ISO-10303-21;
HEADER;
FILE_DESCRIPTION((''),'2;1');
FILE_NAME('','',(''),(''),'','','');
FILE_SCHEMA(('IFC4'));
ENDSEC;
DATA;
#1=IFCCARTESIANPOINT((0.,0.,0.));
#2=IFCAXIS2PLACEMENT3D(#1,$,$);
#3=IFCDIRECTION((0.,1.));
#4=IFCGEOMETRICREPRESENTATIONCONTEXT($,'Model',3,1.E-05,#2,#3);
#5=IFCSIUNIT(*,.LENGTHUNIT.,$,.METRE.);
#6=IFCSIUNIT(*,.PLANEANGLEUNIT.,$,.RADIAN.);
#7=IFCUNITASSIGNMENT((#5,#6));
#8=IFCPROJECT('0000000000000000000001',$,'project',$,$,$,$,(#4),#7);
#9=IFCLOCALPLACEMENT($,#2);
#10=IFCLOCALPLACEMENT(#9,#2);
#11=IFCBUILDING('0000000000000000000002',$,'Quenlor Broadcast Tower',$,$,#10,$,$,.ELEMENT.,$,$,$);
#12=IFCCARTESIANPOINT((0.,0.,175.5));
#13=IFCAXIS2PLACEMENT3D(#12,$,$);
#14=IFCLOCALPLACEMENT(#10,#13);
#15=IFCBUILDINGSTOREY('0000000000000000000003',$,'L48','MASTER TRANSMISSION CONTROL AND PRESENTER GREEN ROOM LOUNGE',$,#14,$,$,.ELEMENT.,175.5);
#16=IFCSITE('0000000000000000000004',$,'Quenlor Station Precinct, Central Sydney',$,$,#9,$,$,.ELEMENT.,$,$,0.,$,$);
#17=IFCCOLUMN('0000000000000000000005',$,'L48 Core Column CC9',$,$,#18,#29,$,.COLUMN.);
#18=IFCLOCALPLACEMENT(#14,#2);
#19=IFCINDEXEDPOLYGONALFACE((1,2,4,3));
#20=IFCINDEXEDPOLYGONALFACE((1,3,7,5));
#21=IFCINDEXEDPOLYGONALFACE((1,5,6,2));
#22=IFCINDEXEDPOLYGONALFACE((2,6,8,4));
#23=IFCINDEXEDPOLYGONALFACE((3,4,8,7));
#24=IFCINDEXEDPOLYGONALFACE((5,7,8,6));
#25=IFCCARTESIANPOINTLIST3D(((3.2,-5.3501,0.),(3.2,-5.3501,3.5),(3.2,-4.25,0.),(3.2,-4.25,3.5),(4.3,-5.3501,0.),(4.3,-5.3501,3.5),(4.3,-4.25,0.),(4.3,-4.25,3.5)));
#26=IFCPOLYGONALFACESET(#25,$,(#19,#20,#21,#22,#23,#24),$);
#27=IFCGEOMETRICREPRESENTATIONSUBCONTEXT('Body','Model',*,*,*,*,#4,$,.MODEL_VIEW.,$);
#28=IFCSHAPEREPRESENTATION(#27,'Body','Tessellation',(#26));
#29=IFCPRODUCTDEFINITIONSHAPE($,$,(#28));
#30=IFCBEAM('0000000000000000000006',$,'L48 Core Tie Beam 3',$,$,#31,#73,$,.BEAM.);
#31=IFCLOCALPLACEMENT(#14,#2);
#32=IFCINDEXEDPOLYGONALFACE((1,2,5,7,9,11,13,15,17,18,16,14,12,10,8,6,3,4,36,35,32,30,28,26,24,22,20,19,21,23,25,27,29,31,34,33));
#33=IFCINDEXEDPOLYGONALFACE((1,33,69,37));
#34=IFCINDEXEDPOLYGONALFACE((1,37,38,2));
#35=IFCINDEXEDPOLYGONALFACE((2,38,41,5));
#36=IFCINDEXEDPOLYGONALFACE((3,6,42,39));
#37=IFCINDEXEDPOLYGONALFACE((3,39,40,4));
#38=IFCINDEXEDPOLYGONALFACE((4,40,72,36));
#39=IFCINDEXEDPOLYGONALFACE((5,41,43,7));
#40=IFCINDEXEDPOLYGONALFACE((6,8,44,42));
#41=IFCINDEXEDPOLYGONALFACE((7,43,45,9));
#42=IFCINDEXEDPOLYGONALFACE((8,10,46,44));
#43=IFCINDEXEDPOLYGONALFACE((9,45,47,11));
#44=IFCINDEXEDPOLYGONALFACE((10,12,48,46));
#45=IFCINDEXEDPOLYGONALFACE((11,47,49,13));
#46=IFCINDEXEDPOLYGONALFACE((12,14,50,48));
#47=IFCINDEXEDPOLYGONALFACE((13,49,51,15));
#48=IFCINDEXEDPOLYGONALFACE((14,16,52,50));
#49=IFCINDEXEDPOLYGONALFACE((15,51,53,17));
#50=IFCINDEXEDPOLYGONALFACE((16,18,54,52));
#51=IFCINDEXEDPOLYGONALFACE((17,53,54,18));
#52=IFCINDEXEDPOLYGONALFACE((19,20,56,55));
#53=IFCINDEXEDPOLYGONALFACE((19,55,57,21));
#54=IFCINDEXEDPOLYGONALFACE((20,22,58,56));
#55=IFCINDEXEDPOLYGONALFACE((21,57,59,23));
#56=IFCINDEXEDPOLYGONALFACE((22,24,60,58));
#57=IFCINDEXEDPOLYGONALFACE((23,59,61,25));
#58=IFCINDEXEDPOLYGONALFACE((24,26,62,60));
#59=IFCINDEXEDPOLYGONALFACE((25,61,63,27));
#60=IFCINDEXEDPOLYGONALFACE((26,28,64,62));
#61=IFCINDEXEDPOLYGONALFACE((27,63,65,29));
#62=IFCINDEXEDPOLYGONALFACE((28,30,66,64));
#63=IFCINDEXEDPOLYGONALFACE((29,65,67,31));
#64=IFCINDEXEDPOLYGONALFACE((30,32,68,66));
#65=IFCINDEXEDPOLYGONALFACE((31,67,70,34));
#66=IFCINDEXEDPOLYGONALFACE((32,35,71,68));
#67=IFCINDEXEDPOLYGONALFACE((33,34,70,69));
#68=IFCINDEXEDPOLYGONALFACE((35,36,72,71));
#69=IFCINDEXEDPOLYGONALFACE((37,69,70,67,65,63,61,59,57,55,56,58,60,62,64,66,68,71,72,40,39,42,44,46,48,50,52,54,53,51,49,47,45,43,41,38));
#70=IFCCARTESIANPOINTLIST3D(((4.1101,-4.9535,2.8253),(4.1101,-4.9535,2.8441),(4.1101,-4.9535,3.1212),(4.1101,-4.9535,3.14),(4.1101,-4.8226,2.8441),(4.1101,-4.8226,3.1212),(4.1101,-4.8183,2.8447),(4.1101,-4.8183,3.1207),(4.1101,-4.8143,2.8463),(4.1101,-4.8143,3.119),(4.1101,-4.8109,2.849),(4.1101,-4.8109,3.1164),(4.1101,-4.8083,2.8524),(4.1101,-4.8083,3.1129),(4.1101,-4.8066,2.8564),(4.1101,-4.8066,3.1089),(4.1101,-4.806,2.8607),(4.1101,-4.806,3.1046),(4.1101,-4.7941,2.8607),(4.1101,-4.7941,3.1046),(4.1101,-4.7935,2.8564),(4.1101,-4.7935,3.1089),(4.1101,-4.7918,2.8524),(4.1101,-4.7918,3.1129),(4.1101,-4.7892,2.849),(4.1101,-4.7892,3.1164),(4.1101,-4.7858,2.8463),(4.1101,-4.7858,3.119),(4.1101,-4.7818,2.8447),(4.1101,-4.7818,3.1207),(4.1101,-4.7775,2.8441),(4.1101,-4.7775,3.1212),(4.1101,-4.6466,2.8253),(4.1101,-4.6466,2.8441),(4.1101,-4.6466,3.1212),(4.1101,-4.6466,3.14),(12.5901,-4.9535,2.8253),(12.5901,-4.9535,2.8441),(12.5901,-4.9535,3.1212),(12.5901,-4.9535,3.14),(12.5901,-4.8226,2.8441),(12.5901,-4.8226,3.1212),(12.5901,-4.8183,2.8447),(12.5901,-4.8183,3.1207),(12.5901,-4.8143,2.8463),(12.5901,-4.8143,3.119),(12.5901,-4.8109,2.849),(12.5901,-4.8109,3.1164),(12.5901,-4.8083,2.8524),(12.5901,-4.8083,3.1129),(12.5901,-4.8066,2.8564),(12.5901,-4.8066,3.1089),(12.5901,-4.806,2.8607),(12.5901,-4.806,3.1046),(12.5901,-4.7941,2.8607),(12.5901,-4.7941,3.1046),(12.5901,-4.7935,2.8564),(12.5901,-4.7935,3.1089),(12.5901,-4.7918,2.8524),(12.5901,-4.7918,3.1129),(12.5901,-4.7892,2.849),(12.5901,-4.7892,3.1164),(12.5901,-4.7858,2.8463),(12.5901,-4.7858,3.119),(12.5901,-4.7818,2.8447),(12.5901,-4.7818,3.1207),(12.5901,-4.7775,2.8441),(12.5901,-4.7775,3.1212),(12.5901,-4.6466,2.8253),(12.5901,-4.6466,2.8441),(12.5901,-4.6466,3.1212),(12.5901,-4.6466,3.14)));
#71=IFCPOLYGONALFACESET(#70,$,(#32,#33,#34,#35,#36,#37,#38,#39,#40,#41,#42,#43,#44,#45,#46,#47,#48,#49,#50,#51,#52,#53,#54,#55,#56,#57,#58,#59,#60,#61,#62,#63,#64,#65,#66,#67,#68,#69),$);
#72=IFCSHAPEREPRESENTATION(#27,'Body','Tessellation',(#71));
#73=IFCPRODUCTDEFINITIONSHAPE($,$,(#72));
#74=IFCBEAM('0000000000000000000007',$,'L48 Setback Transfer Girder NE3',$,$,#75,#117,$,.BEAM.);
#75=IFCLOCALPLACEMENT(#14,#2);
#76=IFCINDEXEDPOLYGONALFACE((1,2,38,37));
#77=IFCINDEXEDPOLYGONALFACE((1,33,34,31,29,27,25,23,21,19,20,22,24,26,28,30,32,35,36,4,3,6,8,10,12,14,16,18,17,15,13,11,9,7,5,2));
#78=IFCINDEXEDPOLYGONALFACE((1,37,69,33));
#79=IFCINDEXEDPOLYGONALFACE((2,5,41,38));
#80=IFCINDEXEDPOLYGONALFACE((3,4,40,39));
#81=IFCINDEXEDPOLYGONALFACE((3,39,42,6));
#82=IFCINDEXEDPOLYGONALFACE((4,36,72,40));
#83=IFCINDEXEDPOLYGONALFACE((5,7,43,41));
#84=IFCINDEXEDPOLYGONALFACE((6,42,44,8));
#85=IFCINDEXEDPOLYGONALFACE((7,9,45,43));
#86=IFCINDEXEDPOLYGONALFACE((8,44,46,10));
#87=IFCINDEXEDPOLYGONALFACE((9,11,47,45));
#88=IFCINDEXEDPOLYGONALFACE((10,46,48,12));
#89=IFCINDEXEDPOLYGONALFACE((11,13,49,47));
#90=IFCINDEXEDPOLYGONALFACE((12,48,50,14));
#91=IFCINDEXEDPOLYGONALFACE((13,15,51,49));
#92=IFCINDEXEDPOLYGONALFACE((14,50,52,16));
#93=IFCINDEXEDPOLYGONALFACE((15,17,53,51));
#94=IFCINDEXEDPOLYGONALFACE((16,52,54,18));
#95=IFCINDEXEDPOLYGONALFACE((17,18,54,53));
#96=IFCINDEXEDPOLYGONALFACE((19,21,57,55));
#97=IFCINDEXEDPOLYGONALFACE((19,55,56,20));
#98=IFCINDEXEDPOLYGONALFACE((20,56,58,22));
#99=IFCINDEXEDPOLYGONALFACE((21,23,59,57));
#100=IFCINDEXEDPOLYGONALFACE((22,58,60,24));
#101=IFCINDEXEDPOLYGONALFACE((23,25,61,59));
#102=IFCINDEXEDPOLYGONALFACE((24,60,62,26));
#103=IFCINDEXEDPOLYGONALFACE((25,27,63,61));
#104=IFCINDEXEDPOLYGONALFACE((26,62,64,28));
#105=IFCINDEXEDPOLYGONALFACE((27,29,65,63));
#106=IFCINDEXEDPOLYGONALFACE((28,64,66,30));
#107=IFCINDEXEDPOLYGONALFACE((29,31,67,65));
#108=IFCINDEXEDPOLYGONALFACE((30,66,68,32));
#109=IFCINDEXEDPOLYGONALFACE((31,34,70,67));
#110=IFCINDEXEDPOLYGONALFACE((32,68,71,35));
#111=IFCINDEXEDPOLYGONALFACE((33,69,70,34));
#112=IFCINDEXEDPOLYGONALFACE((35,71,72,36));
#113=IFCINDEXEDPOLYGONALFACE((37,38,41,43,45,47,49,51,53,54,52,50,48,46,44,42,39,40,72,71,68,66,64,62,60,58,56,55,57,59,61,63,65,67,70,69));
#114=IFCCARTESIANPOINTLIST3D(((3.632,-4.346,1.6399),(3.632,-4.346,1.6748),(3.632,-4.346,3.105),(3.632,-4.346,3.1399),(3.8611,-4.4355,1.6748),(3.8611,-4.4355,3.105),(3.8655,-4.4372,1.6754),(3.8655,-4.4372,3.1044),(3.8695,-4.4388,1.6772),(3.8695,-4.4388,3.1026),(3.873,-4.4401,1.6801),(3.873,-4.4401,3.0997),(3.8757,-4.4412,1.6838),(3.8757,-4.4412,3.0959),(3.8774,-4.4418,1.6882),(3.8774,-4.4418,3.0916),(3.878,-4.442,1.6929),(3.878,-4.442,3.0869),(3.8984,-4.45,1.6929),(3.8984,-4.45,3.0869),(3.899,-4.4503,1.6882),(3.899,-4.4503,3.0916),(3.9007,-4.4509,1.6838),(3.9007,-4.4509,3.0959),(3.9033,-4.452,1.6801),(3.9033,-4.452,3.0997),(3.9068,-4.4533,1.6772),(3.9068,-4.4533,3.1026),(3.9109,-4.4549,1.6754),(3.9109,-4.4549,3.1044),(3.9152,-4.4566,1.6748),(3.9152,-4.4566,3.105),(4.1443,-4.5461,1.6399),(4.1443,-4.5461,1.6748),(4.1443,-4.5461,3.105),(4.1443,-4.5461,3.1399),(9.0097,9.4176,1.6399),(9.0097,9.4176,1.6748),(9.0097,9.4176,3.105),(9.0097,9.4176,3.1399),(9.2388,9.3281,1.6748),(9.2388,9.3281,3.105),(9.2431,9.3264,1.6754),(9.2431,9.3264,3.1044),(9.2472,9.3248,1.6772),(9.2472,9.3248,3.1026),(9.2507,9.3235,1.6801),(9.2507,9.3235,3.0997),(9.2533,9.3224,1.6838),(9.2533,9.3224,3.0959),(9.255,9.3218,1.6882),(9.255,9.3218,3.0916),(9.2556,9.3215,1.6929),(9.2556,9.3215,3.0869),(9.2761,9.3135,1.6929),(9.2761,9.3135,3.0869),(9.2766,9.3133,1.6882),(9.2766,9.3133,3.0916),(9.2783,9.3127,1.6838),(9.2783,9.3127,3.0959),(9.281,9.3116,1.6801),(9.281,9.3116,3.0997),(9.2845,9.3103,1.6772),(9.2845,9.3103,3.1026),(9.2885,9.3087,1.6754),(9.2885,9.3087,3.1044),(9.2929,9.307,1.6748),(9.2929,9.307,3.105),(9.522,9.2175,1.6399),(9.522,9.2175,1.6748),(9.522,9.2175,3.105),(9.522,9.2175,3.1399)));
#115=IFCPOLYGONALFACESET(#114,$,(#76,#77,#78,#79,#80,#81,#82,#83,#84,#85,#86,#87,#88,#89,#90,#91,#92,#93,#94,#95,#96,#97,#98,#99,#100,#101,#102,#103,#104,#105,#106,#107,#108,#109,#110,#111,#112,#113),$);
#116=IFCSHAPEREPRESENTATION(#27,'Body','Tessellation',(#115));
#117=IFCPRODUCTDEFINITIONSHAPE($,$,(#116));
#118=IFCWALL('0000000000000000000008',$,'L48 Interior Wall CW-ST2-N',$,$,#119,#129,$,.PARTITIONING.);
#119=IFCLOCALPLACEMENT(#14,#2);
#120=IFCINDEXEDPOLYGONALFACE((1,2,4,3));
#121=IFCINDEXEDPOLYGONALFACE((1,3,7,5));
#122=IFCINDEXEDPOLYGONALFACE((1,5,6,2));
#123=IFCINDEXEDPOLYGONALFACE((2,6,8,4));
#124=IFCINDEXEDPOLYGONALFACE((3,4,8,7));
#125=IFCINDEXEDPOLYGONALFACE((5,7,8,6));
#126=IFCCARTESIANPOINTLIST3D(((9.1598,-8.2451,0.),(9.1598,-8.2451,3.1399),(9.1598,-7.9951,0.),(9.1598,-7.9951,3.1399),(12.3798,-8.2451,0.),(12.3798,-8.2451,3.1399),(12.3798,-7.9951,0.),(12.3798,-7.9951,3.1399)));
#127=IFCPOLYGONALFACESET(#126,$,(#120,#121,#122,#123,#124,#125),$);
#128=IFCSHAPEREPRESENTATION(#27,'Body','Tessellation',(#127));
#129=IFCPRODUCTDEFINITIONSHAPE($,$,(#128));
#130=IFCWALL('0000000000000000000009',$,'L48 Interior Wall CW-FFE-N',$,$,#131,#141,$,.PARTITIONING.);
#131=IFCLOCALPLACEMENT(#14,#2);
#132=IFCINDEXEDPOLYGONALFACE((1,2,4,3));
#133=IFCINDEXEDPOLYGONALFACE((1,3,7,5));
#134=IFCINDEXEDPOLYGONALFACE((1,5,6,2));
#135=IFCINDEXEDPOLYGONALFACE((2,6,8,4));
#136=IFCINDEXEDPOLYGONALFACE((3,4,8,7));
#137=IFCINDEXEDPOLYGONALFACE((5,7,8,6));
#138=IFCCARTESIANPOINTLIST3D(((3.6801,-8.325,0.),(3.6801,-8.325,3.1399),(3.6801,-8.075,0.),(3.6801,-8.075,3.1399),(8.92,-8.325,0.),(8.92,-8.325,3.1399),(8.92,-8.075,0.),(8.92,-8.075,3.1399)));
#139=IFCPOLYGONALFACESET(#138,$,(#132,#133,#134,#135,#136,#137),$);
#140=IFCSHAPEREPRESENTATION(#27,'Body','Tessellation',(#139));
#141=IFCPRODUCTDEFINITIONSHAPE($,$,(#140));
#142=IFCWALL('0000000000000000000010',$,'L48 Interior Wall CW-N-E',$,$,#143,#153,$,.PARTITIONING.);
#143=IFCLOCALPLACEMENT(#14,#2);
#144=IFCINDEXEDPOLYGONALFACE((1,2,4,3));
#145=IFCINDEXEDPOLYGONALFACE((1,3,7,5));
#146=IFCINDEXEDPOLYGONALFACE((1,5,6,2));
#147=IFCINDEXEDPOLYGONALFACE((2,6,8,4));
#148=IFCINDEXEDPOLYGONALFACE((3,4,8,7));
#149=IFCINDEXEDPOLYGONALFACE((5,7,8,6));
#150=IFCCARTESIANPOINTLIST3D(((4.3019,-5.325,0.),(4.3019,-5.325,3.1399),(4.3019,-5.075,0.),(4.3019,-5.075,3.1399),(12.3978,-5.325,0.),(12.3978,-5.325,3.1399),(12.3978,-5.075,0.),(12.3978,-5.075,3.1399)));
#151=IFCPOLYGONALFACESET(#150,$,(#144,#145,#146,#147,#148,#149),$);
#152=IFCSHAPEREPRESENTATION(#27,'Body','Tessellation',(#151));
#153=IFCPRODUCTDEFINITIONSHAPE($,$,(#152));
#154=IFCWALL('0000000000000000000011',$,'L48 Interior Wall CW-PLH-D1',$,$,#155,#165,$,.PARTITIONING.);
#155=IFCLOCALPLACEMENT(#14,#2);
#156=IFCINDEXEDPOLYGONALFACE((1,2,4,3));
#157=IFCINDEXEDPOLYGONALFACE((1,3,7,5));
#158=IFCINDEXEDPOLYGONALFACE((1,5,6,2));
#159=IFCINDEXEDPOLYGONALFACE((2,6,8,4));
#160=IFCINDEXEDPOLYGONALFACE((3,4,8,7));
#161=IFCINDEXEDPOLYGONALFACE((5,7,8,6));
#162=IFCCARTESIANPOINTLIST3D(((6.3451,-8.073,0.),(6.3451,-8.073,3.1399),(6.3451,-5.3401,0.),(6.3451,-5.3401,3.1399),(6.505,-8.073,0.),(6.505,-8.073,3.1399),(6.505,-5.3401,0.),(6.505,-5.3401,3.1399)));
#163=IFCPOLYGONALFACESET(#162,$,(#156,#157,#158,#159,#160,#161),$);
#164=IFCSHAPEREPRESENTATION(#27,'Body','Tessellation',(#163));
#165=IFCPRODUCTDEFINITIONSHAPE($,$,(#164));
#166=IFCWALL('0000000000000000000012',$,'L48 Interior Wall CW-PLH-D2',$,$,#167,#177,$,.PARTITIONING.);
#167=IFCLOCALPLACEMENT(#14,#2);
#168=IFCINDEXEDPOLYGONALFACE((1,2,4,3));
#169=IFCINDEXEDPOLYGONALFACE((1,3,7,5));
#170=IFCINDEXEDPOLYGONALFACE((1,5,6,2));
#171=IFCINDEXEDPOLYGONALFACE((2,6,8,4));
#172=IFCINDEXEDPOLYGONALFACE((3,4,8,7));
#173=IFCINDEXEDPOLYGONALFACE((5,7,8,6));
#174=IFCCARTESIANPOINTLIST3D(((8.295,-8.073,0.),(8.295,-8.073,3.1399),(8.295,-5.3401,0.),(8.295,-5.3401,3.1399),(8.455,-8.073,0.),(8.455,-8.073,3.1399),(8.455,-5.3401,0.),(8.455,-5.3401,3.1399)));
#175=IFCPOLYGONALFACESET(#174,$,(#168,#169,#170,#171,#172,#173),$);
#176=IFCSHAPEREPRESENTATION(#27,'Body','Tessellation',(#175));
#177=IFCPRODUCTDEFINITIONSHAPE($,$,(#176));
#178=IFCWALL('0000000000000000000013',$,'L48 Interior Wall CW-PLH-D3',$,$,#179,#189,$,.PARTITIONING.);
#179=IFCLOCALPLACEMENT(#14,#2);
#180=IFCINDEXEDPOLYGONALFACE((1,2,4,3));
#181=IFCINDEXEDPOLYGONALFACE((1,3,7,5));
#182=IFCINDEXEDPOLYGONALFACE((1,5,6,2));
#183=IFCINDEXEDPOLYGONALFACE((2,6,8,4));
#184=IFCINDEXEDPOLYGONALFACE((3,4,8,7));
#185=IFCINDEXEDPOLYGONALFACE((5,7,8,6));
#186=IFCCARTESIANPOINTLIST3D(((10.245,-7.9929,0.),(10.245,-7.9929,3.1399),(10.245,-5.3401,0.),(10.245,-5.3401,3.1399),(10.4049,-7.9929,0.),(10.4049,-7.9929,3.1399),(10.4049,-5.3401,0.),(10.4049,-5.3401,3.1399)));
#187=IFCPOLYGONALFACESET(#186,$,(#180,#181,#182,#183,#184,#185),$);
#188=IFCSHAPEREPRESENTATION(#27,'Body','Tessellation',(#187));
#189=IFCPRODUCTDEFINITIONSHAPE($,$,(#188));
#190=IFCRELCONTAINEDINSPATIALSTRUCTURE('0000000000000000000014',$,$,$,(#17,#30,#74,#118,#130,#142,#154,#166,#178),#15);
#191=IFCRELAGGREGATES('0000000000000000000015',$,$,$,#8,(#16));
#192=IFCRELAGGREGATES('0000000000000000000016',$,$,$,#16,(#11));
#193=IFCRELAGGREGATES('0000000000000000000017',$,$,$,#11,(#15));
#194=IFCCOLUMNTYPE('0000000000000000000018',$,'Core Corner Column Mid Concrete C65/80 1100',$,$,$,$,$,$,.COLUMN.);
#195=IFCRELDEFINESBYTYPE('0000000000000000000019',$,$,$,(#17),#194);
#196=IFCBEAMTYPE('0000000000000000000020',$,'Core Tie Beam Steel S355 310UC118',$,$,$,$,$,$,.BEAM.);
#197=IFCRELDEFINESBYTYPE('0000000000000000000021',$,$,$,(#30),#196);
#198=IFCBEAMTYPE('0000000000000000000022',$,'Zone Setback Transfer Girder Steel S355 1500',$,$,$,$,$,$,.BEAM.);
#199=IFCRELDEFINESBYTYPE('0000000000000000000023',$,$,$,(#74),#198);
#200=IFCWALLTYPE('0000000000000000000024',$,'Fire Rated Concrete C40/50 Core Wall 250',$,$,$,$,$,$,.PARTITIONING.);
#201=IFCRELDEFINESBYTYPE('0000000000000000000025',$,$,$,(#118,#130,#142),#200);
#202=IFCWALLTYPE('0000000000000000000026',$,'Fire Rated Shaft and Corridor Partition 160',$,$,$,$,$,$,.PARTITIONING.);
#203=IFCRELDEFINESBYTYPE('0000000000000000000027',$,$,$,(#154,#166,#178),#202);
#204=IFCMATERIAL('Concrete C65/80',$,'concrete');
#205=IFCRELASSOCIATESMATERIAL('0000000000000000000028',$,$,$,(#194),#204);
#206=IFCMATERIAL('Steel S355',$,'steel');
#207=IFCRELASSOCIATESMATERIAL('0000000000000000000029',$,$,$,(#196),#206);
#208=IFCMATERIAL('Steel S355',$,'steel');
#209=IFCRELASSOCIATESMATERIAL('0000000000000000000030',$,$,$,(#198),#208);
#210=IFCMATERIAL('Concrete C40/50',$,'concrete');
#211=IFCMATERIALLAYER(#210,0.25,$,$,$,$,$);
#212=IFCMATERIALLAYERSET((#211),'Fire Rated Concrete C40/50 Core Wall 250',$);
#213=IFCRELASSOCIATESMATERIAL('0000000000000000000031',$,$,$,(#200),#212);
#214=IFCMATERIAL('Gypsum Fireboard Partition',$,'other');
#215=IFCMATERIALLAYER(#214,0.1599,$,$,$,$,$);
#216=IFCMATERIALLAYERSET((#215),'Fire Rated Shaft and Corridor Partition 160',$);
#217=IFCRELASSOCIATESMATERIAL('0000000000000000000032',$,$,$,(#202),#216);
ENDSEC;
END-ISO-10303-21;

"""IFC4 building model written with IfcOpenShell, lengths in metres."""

from ifc_helpers import new_model, si_unit, direction, frame, frame_2d, origin, origin_2d, place, context, subcontext, project, spatial, rectangle, i_section, extrude, material, layer, layer_set, material_profile, profile_set, type_object, element, save


model = new_model("IFC4")

# Units and contexts
model_context = context("Model", 3, precision=1e-05, world=origin(), true_north=direction((0.0, 1.0)))
body_context = subcontext(model_context, "Body", "Model", "MODEL_VIEW")
ifc_project = project(units=[si_unit("LENGTHUNIT", "METRE"), si_unit("PLANEANGLEUNIT", "RADIAN")], contexts=[model_context])

# Site, building, storey
site_placement = place(None, origin())
site = spatial("IfcSite", under=ifc_project, at=site_placement, Name="Quenlor Station Precinct, Central Sydney", CompositionType="ELEMENT", RefElevation=0.0)
building_placement = place(site_placement, origin())
building = spatial("IfcBuilding", under=site, at=building_placement, Name="Quenlor Broadcast Tower", CompositionType="ELEMENT")
storey_placement = place(building_placement, frame((0.0, 0.0, 175.5)))
storey = spatial("IfcBuildingStorey", under=building, at=storey_placement, Name="L48", Description="MASTER TRANSMISSION CONTROL AND PRESENTER GREEN ROOM LOUNGE", CompositionType="ELEMENT", Elevation=175.5)

# Column
ifc_material_1 = material(Name="Concrete C65/80", Category="concrete")
ifc_material_profile_1 = material_profile(ifc_material_1, rectangle(XDim=1.1001, YDim=1.1001, at=origin_2d()))
ifc_profile_set_1 = profile_set([ifc_material_profile_1], Name="Concrete C65/80 RC1100x1100")
column_type = type_object("IfcColumnType", Name="Core Corner Column Mid Concrete C65/80 1100", PredefinedType="COLUMN", material=ifc_profile_set_1)
column_placement = place(storey_placement, frame((3.75, -4.8, 0.0), z_axis=(0.0, 0.0, 1.0), x_axis=(1.0, 0.0, 0.0)))
element("IfcColumn", 1, at=column_placement, inside=storey, type_object=column_type, Name="L48 Core Column CC9", PredefinedType="COLUMN", context=body_context, shape_type="SweptSolid", body=[
    extrude(rectangle(XDim=1.1001, YDim=1.1001, at=origin_2d()), origin(), (0.0, 0.0, 1.0), 3.5),
])

# Beams
ifc_material_2 = material(Name="Steel S355", Category="steel")
ifc_material_profile_2 = material_profile(ifc_material_2, i_section(OverallWidth=0.3069, OverallDepth=0.3147, WebThickness=0.012, FlangeThickness=0.0188, FilletRadius=0.0166, at=origin_2d()))
ifc_profile_set_2 = profile_set([ifc_material_profile_2], Name="Steel S355 310UC118")
beam_type_1 = type_object("IfcBeamType", Name="Core Tie Beam Steel S355 310UC118", PredefinedType="BEAM", material=ifc_profile_set_2)
beam_1_placement = place(storey_placement, frame((4.1101, -4.8, 2.9827), z_axis=(1.0, 0.0, 0.0), x_axis=(0.0, 1.0, 0.0)))
element("IfcBeam", 2, at=beam_1_placement, inside=storey, type_object=beam_type_1, Name="L48 Core Tie Beam 3", PredefinedType="BEAM", context=body_context, shape_type="SweptSolid", body=[
    extrude(i_section(OverallWidth=0.3069, OverallDepth=0.3147, WebThickness=0.012, FlangeThickness=0.0188, FilletRadius=0.0166, at=origin_2d()), origin(), (0.0, 0.0, 1.0), 8.48),
])
ifc_material_3 = material(Name="Steel S355", Category="steel")
ifc_material_profile_3 = material_profile(ifc_material_3, i_section(OverallWidth=0.55, OverallDepth=1.5, WebThickness=0.022, FlangeThickness=0.0349, FilletRadius=0.0181, at=origin_2d()))
ifc_profile_set_3 = profile_set([ifc_material_profile_3], Name="Steel S355 1500TG510")
beam_type_2 = type_object("IfcBeamType", Name="Zone Setback Transfer Girder Steel S355 1500", PredefinedType="BEAM", material=ifc_profile_set_3)
beam_2_placement = place(storey_placement, frame((3.8882, -4.446, 2.3899), z_axis=(0.363924, 0.931429, 0.0), x_axis=(-0.931429, 0.363924, 0.0)))
element("IfcBeam", 3, at=beam_2_placement, inside=storey, type_object=beam_type_2, Name="L48 Setback Transfer Girder NE3", PredefinedType="BEAM", context=body_context, shape_type="SweptSolid", body=[
    extrude(i_section(OverallWidth=0.55, OverallDepth=1.5, WebThickness=0.022, FlangeThickness=0.0349, FilletRadius=0.0181, at=origin_2d()), origin(), (0.0, 0.0, 1.0), 14.7769),
])

# Walls
ifc_material_4 = material(Name="Concrete C40/50", Category="concrete")
ifc_layer_1 = layer(ifc_material_4, 0.25)
ifc_layer_set_1 = layer_set([ifc_layer_1], Name="Fire Rated Concrete C40/50 Core Wall 250")
wall_type_1 = type_object("IfcWallType", Name="Fire Rated Concrete C40/50 Core Wall 250", PredefinedType="PARTITIONING", material=ifc_layer_set_1)
wall_1_placement = place(storey_placement, frame((9.1599, -8.1201, 0.0), z_axis=(0.0, 0.0, 1.0), x_axis=(1.0, 0.0, 0.0)))
element("IfcWall", 4, at=wall_1_placement, inside=storey, type_object=wall_type_1, Name="L48 Interior Wall CW-ST2-N", PredefinedType="PARTITIONING", context=body_context, shape_type="SweptSolid", body=[
    extrude(rectangle(XDim=3.22, YDim=0.25, at=frame_2d((1.6099, 0.0))), origin(), (0.0, 0.0, 1.0), 3.1399),
])
wall_2_placement = place(storey_placement, frame((3.6799, -8.2, 0.0), z_axis=(0.0, 0.0, 1.0), x_axis=(1.0, 0.0, 0.0)))
element("IfcWall", 5, at=wall_2_placement, inside=storey, type_object=wall_type_1, Name="L48 Interior Wall CW-FFE-N", PredefinedType="PARTITIONING", context=body_context, shape_type="SweptSolid", body=[
    extrude(rectangle(XDim=5.24, YDim=0.25, at=frame_2d((2.6201, 0.0))), origin(), (0.0, 0.0, 1.0), 3.1399),
])
wall_3_placement = place(storey_placement, frame((4.302, -5.2, 0.0), z_axis=(0.0, 0.0, 1.0), x_axis=(1.0, 0.0, 0.0)))
element("IfcWall", 6, at=wall_3_placement, inside=storey, type_object=wall_type_1, Name="L48 Interior Wall CW-N-E", PredefinedType="PARTITIONING", context=body_context, shape_type="SweptSolid", body=[
    extrude(rectangle(XDim=8.0959, YDim=0.25, at=frame_2d((4.0479, 0.0))), origin(), (0.0, 0.0, 1.0), 3.1399),
])

# Walls
ifc_material_5 = material(Name="Gypsum Fireboard Partition", Category="other")
ifc_layer_2 = layer(ifc_material_5, 0.1599)
ifc_layer_set_2 = layer_set([ifc_layer_2], Name="Fire Rated Shaft and Corridor Partition 160")
wall_type_2 = type_object("IfcWallType", Name="Fire Rated Shaft and Corridor Partition 160", PredefinedType="PARTITIONING", material=ifc_layer_set_2)
for number, where, z_axis, x_axis, name in (
    (7, (6.425, -8.073, 0.0), (0.0, 0.0, 1.0), (0.0, 1.0, 0.0), "L48 Interior Wall CW-PLH-D1"),
    (8, (8.375, -8.073, 0.0), (0.0, 0.0, 1.0), (0.0, 1.0, 0.0), "L48 Interior Wall CW-PLH-D2"),
):
    element("IfcWall", number, at=place(storey_placement, frame(where, z_axis=z_axis, x_axis=x_axis)), inside=storey, type_object=wall_type_2, Name=name, PredefinedType="PARTITIONING", context=body_context, shape_type="SweptSolid", body=[
        extrude(rectangle(XDim=2.7329, YDim=0.1599, at=frame_2d((1.3665, 0.0))), origin(), (0.0, 0.0, 1.0), 3.1399),
    ])
wall_4_placement = place(storey_placement, frame((10.325, -7.9929, 0.0), z_axis=(0.0, 0.0, 1.0), x_axis=(0.0, 1.0, 0.0)))
element("IfcWall", 9, at=wall_4_placement, inside=storey, type_object=wall_type_2, Name="L48 Interior Wall CW-PLH-D3", PredefinedType="PARTITIONING", context=body_context, shape_type="SweptSolid", body=[
    extrude(rectangle(XDim=2.6528, YDim=0.1599, at=frame_2d((1.3264, 0.0))), origin(), (0.0, 0.0, 1.0), 3.1399),
])

save(model, "model.ifc")
